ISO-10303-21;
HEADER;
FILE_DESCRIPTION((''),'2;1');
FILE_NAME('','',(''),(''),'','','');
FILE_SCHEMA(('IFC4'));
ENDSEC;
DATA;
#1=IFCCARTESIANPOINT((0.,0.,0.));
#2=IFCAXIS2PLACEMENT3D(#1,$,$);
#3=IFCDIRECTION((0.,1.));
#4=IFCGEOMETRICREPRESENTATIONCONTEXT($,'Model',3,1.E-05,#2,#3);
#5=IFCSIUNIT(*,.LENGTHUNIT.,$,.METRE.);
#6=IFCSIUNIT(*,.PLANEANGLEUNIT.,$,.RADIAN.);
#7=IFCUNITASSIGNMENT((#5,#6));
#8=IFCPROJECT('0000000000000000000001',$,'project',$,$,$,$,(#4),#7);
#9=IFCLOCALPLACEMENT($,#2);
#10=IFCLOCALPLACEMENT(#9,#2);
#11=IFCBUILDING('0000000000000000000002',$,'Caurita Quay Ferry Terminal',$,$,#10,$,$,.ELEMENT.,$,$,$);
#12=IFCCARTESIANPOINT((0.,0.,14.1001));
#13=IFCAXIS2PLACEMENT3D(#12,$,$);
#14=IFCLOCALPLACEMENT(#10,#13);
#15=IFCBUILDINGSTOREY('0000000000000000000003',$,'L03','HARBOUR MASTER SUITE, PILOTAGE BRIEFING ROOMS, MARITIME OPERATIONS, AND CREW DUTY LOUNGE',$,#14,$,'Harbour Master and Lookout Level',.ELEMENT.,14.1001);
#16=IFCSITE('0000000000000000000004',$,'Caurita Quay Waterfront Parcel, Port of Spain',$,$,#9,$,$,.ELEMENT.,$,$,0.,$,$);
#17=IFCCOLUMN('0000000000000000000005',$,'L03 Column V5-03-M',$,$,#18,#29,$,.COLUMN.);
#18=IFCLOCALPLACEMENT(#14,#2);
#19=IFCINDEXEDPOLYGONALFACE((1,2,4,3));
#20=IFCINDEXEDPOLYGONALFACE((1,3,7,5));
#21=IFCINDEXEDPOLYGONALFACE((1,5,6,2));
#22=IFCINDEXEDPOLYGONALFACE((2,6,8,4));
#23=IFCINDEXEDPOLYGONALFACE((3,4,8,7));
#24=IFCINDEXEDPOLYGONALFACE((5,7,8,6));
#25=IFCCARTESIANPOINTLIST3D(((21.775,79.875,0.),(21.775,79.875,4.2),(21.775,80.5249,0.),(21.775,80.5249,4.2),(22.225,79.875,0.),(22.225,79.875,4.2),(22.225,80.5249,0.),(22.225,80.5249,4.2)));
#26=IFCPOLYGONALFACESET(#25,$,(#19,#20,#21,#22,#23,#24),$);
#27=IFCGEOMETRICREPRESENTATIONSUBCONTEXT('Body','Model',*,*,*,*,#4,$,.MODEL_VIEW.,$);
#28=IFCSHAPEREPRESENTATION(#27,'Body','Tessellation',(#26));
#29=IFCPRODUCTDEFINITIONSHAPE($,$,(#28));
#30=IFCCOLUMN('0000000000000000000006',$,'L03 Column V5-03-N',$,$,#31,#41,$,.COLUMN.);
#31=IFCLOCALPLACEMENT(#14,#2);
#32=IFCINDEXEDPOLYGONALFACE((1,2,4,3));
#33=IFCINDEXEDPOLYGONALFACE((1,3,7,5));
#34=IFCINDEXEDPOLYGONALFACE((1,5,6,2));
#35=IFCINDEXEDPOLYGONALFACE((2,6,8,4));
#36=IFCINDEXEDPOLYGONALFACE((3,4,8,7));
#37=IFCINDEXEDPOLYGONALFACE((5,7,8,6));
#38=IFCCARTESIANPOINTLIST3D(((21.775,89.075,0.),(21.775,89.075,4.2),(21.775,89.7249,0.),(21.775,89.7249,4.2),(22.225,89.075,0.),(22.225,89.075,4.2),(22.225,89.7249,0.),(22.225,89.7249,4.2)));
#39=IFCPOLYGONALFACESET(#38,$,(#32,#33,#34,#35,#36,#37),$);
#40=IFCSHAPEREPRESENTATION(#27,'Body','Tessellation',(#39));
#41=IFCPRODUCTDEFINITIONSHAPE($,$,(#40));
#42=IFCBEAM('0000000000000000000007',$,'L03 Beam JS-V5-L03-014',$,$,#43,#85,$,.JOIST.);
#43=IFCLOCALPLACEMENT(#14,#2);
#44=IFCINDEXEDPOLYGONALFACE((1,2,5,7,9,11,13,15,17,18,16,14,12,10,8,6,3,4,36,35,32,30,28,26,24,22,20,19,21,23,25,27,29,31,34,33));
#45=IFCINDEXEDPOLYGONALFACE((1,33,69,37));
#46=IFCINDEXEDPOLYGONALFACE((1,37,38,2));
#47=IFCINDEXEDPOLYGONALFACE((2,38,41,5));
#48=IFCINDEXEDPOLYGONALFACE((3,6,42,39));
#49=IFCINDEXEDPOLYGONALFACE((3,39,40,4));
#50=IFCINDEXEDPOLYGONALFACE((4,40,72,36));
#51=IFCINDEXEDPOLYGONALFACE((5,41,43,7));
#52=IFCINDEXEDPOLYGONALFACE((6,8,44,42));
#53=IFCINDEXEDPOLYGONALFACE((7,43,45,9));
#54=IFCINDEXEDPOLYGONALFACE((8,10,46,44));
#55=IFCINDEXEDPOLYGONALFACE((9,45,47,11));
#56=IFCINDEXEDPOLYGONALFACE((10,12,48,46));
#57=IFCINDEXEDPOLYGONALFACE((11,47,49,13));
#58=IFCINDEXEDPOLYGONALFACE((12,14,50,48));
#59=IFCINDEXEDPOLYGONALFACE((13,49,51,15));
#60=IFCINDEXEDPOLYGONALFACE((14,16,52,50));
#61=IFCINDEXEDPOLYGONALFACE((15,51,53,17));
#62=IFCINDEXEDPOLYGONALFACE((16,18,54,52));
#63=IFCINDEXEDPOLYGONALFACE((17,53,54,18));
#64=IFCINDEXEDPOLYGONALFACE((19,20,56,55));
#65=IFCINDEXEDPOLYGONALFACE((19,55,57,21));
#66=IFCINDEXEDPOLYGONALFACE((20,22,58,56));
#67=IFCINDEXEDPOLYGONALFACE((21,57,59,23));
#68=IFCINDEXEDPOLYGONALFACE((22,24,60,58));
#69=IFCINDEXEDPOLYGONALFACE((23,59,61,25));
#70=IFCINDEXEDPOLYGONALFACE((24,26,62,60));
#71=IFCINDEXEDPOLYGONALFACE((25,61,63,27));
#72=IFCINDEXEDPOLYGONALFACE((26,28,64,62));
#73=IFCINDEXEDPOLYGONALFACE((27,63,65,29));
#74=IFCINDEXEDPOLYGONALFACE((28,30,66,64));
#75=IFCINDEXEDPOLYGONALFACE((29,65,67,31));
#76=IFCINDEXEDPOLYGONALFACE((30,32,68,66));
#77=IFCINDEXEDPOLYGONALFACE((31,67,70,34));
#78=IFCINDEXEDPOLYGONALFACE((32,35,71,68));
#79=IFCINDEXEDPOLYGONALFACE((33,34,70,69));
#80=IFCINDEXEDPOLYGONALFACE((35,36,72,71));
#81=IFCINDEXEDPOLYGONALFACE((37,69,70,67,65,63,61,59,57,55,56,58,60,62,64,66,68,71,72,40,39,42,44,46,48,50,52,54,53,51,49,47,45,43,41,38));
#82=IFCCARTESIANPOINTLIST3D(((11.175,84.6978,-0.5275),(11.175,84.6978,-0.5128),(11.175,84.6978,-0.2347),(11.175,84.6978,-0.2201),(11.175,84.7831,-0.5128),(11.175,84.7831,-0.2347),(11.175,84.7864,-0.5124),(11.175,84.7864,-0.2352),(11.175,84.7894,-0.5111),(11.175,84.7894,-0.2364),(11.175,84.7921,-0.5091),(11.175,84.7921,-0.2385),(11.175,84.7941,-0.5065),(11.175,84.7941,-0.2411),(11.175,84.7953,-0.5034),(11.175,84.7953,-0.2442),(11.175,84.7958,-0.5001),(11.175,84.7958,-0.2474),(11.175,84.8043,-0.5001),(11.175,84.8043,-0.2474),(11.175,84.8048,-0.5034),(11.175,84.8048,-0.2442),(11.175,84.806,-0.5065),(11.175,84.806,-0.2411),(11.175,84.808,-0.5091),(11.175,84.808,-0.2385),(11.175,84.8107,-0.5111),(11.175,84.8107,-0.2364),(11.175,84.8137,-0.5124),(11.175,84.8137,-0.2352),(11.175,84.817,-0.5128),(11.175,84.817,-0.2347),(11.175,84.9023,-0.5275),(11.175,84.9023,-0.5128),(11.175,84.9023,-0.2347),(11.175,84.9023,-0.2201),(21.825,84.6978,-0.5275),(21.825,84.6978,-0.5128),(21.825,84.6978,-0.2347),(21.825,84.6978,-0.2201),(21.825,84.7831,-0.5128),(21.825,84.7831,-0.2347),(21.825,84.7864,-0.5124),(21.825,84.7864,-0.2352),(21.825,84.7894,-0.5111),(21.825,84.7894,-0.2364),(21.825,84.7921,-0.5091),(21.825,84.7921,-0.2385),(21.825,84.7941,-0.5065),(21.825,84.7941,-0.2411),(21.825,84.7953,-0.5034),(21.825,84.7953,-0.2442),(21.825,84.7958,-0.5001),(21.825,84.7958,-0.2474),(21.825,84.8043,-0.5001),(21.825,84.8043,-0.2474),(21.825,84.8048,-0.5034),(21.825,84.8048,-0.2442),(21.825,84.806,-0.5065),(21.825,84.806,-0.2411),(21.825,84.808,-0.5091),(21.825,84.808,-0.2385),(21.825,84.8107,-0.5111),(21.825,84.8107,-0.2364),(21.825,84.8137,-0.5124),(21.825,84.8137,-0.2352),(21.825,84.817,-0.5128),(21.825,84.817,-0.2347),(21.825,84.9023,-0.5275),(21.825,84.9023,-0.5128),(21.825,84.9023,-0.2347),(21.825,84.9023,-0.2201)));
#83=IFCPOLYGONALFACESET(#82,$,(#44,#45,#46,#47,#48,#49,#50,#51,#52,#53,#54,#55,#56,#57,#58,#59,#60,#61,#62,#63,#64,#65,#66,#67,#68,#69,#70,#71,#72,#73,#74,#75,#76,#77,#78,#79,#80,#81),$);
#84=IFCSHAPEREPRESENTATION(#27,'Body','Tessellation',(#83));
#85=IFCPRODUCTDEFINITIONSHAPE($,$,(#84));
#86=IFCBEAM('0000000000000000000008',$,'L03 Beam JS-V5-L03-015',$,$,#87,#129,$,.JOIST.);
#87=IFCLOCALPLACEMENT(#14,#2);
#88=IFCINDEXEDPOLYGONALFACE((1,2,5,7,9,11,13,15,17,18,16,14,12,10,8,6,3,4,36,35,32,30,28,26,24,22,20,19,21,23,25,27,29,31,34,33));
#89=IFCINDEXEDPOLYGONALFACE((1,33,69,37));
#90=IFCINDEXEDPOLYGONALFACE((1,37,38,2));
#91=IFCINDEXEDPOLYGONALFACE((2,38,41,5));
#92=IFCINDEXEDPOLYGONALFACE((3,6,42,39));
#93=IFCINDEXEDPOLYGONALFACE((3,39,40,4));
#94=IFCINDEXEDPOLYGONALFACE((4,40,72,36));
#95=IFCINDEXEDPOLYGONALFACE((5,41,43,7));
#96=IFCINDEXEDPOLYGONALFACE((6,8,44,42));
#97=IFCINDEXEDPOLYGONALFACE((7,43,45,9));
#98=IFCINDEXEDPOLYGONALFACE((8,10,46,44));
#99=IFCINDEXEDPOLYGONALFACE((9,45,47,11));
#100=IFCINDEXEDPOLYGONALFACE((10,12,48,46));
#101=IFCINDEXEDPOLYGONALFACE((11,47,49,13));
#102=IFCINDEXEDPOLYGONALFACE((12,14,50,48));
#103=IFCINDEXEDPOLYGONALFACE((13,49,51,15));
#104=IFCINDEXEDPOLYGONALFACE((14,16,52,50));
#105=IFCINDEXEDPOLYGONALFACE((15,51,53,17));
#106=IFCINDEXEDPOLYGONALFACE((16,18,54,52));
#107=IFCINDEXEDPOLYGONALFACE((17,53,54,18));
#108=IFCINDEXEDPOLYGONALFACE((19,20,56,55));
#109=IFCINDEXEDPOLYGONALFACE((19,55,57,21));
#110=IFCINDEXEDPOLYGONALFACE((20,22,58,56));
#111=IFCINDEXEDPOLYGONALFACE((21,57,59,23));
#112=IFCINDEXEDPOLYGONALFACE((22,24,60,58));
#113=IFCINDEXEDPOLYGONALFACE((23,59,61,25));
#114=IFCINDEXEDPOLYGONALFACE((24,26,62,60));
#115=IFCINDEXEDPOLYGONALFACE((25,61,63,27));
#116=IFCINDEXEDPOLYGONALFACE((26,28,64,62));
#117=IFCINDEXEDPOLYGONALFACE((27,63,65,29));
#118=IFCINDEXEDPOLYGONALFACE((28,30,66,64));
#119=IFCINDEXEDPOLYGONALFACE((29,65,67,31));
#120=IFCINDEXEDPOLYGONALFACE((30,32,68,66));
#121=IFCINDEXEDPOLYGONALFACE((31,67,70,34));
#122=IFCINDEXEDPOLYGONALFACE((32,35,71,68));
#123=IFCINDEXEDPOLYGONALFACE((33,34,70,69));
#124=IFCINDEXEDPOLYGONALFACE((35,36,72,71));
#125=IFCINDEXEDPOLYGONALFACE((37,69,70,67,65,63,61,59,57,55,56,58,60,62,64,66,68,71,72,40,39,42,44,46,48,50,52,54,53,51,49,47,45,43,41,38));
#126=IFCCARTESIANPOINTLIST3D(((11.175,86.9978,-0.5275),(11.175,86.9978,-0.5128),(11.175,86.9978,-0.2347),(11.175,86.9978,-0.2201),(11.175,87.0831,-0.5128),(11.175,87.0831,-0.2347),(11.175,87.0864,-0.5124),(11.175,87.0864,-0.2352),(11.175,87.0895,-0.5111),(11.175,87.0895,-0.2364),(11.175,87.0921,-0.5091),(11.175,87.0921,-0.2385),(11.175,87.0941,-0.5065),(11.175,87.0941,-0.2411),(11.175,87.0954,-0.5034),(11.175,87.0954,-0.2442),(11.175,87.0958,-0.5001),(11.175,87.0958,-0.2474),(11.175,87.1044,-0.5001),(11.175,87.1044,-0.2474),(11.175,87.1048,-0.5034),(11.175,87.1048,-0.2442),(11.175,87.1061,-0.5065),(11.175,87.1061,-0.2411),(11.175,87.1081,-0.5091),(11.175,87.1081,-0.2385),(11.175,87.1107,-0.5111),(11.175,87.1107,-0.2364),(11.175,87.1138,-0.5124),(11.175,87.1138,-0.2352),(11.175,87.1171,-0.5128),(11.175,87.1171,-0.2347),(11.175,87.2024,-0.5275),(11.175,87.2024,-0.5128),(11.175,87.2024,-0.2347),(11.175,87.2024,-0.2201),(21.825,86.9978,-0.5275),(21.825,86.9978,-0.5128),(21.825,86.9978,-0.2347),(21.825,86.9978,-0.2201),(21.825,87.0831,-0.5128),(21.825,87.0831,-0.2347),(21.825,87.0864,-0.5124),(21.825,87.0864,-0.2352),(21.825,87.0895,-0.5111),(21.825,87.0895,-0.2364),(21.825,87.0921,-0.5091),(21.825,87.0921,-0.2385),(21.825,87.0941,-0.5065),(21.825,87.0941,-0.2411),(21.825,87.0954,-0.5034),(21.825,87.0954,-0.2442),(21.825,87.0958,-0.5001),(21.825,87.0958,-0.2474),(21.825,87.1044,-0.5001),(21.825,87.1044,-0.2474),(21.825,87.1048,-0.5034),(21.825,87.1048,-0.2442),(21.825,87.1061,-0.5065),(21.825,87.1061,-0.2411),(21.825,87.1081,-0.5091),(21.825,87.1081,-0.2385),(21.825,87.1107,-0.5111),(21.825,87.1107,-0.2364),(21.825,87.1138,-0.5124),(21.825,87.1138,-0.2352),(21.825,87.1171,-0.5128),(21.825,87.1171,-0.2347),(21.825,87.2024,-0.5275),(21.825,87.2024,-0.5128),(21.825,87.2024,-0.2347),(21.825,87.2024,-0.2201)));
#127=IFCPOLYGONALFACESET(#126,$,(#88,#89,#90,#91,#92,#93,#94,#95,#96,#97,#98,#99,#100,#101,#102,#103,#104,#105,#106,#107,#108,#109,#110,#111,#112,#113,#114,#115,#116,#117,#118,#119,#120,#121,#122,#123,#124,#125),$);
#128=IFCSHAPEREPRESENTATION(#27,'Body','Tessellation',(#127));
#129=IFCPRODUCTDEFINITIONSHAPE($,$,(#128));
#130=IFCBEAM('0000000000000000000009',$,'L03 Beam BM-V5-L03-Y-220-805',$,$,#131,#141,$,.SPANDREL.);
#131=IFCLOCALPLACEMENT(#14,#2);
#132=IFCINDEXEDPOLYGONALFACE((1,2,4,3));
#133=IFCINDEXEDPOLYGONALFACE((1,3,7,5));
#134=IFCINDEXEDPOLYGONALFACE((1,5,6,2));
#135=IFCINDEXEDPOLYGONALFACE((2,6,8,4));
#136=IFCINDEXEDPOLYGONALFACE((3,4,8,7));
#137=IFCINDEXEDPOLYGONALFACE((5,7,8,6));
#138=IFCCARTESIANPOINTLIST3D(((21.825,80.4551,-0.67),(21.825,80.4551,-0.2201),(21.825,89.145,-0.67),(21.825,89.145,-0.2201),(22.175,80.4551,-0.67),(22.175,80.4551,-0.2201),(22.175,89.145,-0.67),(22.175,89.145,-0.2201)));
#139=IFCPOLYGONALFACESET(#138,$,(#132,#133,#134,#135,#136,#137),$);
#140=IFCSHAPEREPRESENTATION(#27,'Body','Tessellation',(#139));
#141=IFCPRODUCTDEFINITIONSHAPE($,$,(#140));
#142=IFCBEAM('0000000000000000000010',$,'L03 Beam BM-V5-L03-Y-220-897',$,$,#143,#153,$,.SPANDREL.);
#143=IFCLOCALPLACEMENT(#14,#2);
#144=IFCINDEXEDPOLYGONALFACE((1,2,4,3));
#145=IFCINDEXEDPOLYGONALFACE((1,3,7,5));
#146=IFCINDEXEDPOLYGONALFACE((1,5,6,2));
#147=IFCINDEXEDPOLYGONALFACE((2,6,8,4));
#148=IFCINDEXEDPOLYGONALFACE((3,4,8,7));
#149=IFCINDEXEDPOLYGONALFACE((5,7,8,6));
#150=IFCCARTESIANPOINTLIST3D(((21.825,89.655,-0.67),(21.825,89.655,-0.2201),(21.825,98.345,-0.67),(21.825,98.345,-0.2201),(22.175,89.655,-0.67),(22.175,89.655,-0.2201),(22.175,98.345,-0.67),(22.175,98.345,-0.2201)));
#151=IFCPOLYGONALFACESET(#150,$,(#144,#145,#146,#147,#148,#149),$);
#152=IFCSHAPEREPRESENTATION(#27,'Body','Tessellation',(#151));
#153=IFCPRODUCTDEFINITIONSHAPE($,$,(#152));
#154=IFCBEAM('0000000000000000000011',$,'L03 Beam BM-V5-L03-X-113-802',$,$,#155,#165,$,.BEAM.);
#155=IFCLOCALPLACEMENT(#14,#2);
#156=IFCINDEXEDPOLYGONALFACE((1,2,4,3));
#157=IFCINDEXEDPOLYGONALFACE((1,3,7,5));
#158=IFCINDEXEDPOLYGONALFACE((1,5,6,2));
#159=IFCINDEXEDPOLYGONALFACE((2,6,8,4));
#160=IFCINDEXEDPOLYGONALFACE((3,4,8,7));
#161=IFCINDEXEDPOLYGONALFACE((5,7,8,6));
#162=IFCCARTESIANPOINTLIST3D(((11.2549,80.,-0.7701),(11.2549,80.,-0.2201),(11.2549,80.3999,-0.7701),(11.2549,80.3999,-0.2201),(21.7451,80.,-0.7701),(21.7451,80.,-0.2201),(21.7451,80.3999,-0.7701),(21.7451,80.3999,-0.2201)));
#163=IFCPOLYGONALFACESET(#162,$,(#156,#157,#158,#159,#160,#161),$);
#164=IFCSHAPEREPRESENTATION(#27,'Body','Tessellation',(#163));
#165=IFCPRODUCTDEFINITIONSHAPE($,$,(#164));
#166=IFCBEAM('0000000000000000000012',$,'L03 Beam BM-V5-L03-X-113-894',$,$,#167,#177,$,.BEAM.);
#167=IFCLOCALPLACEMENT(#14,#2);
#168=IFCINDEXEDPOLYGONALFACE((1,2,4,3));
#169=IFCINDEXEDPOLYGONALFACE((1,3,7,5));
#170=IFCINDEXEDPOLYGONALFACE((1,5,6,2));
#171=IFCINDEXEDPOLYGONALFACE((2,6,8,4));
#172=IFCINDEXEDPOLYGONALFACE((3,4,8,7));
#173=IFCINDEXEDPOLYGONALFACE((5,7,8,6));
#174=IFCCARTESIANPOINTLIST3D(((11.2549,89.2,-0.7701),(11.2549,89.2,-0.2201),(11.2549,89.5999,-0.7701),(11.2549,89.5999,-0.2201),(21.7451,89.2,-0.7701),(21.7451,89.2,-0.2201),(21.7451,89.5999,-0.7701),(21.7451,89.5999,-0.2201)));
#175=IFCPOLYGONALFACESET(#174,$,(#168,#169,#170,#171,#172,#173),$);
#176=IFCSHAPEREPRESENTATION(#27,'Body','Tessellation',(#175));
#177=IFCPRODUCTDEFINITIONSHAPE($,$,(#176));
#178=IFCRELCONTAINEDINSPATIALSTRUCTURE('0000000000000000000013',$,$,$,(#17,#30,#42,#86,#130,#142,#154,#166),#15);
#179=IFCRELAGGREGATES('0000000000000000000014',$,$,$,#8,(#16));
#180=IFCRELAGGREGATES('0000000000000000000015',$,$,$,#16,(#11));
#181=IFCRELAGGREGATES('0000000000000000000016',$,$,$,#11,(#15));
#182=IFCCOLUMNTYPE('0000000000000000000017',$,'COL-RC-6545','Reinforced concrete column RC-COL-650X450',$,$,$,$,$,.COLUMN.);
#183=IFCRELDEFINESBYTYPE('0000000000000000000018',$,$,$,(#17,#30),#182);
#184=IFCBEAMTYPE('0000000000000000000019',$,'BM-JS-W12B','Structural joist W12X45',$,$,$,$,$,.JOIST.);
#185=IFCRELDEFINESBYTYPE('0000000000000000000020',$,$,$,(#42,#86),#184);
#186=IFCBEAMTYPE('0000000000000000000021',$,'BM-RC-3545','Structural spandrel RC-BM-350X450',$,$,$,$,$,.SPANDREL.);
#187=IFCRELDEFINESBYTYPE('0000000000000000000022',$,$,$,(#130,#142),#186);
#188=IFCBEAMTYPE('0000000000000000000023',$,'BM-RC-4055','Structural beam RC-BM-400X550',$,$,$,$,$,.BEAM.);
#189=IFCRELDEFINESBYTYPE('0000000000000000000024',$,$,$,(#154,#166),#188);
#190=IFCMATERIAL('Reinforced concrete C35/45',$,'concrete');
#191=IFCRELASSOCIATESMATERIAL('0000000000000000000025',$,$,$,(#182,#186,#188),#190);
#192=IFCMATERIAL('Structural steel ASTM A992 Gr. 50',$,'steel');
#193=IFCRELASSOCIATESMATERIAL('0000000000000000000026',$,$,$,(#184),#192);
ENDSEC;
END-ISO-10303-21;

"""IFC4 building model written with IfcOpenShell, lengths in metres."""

from ifc_helpers import new_model, si_unit, direction, frame, origin, origin_2d, place, context, subcontext, project, spatial, rectangle, i_section, extrude, material, material_profile, profile_set, type_object, element, save


model = new_model("IFC4")

# Units and contexts
model_context = context("Model", 3, precision=1e-05, world=origin(), true_north=direction((0.0, 1.0)))
body_context = subcontext(model_context, "Body", "Model", "MODEL_VIEW")
ifc_project = project(units=[si_unit("LENGTHUNIT", "METRE"), si_unit("PLANEANGLEUNIT", "RADIAN")], contexts=[model_context])

# Site, building, storey
site_placement = place(None, origin())
site = spatial("IfcSite", under=ifc_project, at=site_placement, Name="Caurita Quay Waterfront Parcel, Port of Spain", CompositionType="ELEMENT", RefElevation=0.0)
building_placement = place(site_placement, origin())
building = spatial("IfcBuilding", under=site, at=building_placement, Name="Caurita Quay Ferry Terminal", CompositionType="ELEMENT")
storey_placement = place(building_placement, frame((0.0, 0.0, 14.1001)))
storey = spatial("IfcBuildingStorey", under=building, at=storey_placement, Name="L03", Description="HARBOUR MASTER SUITE, PILOTAGE BRIEFING ROOMS, MARITIME OPERATIONS, AND CREW DUTY LOUNGE", LongName="Harbour Master and Lookout Level", CompositionType="ELEMENT", Elevation=14.1001)

# Columns
ifc_material_1 = material(Name="Reinforced concrete C35/45", Category="concrete")
ifc_material_profile_1 = material_profile(ifc_material_1, rectangle(XDim=0.45, YDim=0.6499, at=origin_2d()), Name="RC-COL-650X450")
ifc_profile_set_1 = profile_set([ifc_material_profile_1], Name="Reinforced concrete C35/45")
column_type = type_object("IfcColumnType", Name="COL-RC-6545", Description="Reinforced concrete column RC-COL-650X450", PredefinedType="COLUMN", material=ifc_profile_set_1)
for number, where, z_axis, x_axis, name in (
    (1, (22.0, 80.2, 0.0), (0.0, 0.0, 1.0), (1.0, 0.0, 0.0), "L03 Column V5-03-M"),
    (2, (22.0, 89.3999, 0.0), (0.0, 0.0, 1.0), (1.0, 0.0, 0.0), "L03 Column V5-03-N"),
):
    element("IfcColumn", number, at=place(storey_placement, frame(where, z_axis=z_axis, x_axis=x_axis)), inside=storey, type_object=column_type, Name=name, PredefinedType="COLUMN", context=body_context, shape_type="SweptSolid", body=[
        extrude(rectangle(XDim=0.45, YDim=0.6499, at=origin_2d()), origin(), (0.0, 0.0, 1.0), 4.2),
    ])

# Beams
ifc_material_2 = material(Name="Structural steel ASTM A992 Gr. 50", Category="steel")
ifc_material_profile_2 = material_profile(ifc_material_2, i_section(OverallWidth=0.2046, OverallDepth=0.3074, WebThickness=0.0085, FlangeThickness=0.0146, FilletRadius=0.0127, at=origin_2d()), Name="W12X45")
ifc_profile_set_2 = profile_set([ifc_material_profile_2], Name="Structural steel ASTM A992 Gr. 50")
beam_type_1 = type_object("IfcBeamType", Name="BM-JS-W12B", Description="Structural joist W12X45", PredefinedType="JOIST", material=ifc_profile_set_2)
for number, where, z_axis, x_axis, name in (
    (3, (11.175, 84.8, -0.3738), (1.0, 0.0, 0.0), (0.0, 1.0, 0.0), "L03 Beam JS-V5-L03-014"),
    (4, (11.175, 87.1001, -0.3738), (1.0, 0.0, 0.0), (0.0, 1.0, 0.0), "L03 Beam JS-V5-L03-015"),
):
    element("IfcBeam", number, at=place(storey_placement, frame(where, z_axis=z_axis, x_axis=x_axis)), inside=storey, type_object=beam_type_1, Name=name, PredefinedType="JOIST", context=body_context, shape_type="SweptSolid", body=[
        extrude(i_section(OverallWidth=0.2046, OverallDepth=0.3074, WebThickness=0.0085, FlangeThickness=0.0146, FilletRadius=0.0127, at=origin_2d()), origin(), (0.0, 0.0, 1.0), 10.6499),
    ])
ifc_material_profile_3 = material_profile(ifc_material_1, rectangle(XDim=0.3501, YDim=0.45, at=origin_2d()), Name="RC-BM-350X450")
ifc_profile_set_3 = profile_set([ifc_material_profile_3], Name="Reinforced concrete C35/45")
beam_type_2 = type_object("IfcBeamType", Name="BM-RC-3545", Description="Structural spandrel RC-BM-350X450", PredefinedType="SPANDREL", material=ifc_profile_set_3)
for number, where, z_axis, x_axis, name in (
    (5, (22.0, 80.4551, -0.4451), (0.0, 1.0, 0.0), (-1.0, 0.0, 0.0), "L03 Beam BM-V5-L03-Y-220-805"),
    (6, (22.0, 89.655, -0.4451), (0.0, 1.0, 0.0), (-1.0, 0.0, 0.0), "L03 Beam BM-V5-L03-Y-220-897"),
):
    element("IfcBeam", number, at=place(storey_placement, frame(where, z_axis=z_axis, x_axis=x_axis)), inside=storey, type_object=beam_type_2, Name=name, PredefinedType="SPANDREL", context=body_context, shape_type="SweptSolid", body=[
        extrude(rectangle(XDim=0.3501, YDim=0.45, at=origin_2d()), origin(), (0.0, 0.0, 1.0), 8.6899),
    ])
ifc_material_profile_4 = material_profile(ifc_material_1, rectangle(XDim=0.3999, YDim=0.55, at=origin_2d()), Name="RC-BM-400X550")
ifc_profile_set_4 = profile_set([ifc_material_profile_4], Name="Reinforced concrete C35/45")
beam_type_3 = type_object("IfcBeamType", Name="BM-RC-4055", Description="Structural beam RC-BM-400X550", PredefinedType="BEAM", material=ifc_profile_set_4)
for number, where, z_axis, x_axis, name in (
    (7, (11.2549, 80.2, -0.4951), (1.0, 0.0, 0.0), (0.0, 1.0, 0.0), "L03 Beam BM-V5-L03-X-113-802"),
    (8, (11.2549, 89.3999, -0.4951), (1.0, 0.0, 0.0), (0.0, 1.0, 0.0), "L03 Beam BM-V5-L03-X-113-894"),
):
    element("IfcBeam", number, at=place(storey_placement, frame(where, z_axis=z_axis, x_axis=x_axis)), inside=storey, type_object=beam_type_3, Name=name, PredefinedType="BEAM", context=body_context, shape_type="SweptSolid", body=[
        extrude(rectangle(XDim=0.3999, YDim=0.55, at=origin_2d()), origin(), (0.0, 0.0, 1.0), 10.4902),
    ])

save(model, "model.ifc")
